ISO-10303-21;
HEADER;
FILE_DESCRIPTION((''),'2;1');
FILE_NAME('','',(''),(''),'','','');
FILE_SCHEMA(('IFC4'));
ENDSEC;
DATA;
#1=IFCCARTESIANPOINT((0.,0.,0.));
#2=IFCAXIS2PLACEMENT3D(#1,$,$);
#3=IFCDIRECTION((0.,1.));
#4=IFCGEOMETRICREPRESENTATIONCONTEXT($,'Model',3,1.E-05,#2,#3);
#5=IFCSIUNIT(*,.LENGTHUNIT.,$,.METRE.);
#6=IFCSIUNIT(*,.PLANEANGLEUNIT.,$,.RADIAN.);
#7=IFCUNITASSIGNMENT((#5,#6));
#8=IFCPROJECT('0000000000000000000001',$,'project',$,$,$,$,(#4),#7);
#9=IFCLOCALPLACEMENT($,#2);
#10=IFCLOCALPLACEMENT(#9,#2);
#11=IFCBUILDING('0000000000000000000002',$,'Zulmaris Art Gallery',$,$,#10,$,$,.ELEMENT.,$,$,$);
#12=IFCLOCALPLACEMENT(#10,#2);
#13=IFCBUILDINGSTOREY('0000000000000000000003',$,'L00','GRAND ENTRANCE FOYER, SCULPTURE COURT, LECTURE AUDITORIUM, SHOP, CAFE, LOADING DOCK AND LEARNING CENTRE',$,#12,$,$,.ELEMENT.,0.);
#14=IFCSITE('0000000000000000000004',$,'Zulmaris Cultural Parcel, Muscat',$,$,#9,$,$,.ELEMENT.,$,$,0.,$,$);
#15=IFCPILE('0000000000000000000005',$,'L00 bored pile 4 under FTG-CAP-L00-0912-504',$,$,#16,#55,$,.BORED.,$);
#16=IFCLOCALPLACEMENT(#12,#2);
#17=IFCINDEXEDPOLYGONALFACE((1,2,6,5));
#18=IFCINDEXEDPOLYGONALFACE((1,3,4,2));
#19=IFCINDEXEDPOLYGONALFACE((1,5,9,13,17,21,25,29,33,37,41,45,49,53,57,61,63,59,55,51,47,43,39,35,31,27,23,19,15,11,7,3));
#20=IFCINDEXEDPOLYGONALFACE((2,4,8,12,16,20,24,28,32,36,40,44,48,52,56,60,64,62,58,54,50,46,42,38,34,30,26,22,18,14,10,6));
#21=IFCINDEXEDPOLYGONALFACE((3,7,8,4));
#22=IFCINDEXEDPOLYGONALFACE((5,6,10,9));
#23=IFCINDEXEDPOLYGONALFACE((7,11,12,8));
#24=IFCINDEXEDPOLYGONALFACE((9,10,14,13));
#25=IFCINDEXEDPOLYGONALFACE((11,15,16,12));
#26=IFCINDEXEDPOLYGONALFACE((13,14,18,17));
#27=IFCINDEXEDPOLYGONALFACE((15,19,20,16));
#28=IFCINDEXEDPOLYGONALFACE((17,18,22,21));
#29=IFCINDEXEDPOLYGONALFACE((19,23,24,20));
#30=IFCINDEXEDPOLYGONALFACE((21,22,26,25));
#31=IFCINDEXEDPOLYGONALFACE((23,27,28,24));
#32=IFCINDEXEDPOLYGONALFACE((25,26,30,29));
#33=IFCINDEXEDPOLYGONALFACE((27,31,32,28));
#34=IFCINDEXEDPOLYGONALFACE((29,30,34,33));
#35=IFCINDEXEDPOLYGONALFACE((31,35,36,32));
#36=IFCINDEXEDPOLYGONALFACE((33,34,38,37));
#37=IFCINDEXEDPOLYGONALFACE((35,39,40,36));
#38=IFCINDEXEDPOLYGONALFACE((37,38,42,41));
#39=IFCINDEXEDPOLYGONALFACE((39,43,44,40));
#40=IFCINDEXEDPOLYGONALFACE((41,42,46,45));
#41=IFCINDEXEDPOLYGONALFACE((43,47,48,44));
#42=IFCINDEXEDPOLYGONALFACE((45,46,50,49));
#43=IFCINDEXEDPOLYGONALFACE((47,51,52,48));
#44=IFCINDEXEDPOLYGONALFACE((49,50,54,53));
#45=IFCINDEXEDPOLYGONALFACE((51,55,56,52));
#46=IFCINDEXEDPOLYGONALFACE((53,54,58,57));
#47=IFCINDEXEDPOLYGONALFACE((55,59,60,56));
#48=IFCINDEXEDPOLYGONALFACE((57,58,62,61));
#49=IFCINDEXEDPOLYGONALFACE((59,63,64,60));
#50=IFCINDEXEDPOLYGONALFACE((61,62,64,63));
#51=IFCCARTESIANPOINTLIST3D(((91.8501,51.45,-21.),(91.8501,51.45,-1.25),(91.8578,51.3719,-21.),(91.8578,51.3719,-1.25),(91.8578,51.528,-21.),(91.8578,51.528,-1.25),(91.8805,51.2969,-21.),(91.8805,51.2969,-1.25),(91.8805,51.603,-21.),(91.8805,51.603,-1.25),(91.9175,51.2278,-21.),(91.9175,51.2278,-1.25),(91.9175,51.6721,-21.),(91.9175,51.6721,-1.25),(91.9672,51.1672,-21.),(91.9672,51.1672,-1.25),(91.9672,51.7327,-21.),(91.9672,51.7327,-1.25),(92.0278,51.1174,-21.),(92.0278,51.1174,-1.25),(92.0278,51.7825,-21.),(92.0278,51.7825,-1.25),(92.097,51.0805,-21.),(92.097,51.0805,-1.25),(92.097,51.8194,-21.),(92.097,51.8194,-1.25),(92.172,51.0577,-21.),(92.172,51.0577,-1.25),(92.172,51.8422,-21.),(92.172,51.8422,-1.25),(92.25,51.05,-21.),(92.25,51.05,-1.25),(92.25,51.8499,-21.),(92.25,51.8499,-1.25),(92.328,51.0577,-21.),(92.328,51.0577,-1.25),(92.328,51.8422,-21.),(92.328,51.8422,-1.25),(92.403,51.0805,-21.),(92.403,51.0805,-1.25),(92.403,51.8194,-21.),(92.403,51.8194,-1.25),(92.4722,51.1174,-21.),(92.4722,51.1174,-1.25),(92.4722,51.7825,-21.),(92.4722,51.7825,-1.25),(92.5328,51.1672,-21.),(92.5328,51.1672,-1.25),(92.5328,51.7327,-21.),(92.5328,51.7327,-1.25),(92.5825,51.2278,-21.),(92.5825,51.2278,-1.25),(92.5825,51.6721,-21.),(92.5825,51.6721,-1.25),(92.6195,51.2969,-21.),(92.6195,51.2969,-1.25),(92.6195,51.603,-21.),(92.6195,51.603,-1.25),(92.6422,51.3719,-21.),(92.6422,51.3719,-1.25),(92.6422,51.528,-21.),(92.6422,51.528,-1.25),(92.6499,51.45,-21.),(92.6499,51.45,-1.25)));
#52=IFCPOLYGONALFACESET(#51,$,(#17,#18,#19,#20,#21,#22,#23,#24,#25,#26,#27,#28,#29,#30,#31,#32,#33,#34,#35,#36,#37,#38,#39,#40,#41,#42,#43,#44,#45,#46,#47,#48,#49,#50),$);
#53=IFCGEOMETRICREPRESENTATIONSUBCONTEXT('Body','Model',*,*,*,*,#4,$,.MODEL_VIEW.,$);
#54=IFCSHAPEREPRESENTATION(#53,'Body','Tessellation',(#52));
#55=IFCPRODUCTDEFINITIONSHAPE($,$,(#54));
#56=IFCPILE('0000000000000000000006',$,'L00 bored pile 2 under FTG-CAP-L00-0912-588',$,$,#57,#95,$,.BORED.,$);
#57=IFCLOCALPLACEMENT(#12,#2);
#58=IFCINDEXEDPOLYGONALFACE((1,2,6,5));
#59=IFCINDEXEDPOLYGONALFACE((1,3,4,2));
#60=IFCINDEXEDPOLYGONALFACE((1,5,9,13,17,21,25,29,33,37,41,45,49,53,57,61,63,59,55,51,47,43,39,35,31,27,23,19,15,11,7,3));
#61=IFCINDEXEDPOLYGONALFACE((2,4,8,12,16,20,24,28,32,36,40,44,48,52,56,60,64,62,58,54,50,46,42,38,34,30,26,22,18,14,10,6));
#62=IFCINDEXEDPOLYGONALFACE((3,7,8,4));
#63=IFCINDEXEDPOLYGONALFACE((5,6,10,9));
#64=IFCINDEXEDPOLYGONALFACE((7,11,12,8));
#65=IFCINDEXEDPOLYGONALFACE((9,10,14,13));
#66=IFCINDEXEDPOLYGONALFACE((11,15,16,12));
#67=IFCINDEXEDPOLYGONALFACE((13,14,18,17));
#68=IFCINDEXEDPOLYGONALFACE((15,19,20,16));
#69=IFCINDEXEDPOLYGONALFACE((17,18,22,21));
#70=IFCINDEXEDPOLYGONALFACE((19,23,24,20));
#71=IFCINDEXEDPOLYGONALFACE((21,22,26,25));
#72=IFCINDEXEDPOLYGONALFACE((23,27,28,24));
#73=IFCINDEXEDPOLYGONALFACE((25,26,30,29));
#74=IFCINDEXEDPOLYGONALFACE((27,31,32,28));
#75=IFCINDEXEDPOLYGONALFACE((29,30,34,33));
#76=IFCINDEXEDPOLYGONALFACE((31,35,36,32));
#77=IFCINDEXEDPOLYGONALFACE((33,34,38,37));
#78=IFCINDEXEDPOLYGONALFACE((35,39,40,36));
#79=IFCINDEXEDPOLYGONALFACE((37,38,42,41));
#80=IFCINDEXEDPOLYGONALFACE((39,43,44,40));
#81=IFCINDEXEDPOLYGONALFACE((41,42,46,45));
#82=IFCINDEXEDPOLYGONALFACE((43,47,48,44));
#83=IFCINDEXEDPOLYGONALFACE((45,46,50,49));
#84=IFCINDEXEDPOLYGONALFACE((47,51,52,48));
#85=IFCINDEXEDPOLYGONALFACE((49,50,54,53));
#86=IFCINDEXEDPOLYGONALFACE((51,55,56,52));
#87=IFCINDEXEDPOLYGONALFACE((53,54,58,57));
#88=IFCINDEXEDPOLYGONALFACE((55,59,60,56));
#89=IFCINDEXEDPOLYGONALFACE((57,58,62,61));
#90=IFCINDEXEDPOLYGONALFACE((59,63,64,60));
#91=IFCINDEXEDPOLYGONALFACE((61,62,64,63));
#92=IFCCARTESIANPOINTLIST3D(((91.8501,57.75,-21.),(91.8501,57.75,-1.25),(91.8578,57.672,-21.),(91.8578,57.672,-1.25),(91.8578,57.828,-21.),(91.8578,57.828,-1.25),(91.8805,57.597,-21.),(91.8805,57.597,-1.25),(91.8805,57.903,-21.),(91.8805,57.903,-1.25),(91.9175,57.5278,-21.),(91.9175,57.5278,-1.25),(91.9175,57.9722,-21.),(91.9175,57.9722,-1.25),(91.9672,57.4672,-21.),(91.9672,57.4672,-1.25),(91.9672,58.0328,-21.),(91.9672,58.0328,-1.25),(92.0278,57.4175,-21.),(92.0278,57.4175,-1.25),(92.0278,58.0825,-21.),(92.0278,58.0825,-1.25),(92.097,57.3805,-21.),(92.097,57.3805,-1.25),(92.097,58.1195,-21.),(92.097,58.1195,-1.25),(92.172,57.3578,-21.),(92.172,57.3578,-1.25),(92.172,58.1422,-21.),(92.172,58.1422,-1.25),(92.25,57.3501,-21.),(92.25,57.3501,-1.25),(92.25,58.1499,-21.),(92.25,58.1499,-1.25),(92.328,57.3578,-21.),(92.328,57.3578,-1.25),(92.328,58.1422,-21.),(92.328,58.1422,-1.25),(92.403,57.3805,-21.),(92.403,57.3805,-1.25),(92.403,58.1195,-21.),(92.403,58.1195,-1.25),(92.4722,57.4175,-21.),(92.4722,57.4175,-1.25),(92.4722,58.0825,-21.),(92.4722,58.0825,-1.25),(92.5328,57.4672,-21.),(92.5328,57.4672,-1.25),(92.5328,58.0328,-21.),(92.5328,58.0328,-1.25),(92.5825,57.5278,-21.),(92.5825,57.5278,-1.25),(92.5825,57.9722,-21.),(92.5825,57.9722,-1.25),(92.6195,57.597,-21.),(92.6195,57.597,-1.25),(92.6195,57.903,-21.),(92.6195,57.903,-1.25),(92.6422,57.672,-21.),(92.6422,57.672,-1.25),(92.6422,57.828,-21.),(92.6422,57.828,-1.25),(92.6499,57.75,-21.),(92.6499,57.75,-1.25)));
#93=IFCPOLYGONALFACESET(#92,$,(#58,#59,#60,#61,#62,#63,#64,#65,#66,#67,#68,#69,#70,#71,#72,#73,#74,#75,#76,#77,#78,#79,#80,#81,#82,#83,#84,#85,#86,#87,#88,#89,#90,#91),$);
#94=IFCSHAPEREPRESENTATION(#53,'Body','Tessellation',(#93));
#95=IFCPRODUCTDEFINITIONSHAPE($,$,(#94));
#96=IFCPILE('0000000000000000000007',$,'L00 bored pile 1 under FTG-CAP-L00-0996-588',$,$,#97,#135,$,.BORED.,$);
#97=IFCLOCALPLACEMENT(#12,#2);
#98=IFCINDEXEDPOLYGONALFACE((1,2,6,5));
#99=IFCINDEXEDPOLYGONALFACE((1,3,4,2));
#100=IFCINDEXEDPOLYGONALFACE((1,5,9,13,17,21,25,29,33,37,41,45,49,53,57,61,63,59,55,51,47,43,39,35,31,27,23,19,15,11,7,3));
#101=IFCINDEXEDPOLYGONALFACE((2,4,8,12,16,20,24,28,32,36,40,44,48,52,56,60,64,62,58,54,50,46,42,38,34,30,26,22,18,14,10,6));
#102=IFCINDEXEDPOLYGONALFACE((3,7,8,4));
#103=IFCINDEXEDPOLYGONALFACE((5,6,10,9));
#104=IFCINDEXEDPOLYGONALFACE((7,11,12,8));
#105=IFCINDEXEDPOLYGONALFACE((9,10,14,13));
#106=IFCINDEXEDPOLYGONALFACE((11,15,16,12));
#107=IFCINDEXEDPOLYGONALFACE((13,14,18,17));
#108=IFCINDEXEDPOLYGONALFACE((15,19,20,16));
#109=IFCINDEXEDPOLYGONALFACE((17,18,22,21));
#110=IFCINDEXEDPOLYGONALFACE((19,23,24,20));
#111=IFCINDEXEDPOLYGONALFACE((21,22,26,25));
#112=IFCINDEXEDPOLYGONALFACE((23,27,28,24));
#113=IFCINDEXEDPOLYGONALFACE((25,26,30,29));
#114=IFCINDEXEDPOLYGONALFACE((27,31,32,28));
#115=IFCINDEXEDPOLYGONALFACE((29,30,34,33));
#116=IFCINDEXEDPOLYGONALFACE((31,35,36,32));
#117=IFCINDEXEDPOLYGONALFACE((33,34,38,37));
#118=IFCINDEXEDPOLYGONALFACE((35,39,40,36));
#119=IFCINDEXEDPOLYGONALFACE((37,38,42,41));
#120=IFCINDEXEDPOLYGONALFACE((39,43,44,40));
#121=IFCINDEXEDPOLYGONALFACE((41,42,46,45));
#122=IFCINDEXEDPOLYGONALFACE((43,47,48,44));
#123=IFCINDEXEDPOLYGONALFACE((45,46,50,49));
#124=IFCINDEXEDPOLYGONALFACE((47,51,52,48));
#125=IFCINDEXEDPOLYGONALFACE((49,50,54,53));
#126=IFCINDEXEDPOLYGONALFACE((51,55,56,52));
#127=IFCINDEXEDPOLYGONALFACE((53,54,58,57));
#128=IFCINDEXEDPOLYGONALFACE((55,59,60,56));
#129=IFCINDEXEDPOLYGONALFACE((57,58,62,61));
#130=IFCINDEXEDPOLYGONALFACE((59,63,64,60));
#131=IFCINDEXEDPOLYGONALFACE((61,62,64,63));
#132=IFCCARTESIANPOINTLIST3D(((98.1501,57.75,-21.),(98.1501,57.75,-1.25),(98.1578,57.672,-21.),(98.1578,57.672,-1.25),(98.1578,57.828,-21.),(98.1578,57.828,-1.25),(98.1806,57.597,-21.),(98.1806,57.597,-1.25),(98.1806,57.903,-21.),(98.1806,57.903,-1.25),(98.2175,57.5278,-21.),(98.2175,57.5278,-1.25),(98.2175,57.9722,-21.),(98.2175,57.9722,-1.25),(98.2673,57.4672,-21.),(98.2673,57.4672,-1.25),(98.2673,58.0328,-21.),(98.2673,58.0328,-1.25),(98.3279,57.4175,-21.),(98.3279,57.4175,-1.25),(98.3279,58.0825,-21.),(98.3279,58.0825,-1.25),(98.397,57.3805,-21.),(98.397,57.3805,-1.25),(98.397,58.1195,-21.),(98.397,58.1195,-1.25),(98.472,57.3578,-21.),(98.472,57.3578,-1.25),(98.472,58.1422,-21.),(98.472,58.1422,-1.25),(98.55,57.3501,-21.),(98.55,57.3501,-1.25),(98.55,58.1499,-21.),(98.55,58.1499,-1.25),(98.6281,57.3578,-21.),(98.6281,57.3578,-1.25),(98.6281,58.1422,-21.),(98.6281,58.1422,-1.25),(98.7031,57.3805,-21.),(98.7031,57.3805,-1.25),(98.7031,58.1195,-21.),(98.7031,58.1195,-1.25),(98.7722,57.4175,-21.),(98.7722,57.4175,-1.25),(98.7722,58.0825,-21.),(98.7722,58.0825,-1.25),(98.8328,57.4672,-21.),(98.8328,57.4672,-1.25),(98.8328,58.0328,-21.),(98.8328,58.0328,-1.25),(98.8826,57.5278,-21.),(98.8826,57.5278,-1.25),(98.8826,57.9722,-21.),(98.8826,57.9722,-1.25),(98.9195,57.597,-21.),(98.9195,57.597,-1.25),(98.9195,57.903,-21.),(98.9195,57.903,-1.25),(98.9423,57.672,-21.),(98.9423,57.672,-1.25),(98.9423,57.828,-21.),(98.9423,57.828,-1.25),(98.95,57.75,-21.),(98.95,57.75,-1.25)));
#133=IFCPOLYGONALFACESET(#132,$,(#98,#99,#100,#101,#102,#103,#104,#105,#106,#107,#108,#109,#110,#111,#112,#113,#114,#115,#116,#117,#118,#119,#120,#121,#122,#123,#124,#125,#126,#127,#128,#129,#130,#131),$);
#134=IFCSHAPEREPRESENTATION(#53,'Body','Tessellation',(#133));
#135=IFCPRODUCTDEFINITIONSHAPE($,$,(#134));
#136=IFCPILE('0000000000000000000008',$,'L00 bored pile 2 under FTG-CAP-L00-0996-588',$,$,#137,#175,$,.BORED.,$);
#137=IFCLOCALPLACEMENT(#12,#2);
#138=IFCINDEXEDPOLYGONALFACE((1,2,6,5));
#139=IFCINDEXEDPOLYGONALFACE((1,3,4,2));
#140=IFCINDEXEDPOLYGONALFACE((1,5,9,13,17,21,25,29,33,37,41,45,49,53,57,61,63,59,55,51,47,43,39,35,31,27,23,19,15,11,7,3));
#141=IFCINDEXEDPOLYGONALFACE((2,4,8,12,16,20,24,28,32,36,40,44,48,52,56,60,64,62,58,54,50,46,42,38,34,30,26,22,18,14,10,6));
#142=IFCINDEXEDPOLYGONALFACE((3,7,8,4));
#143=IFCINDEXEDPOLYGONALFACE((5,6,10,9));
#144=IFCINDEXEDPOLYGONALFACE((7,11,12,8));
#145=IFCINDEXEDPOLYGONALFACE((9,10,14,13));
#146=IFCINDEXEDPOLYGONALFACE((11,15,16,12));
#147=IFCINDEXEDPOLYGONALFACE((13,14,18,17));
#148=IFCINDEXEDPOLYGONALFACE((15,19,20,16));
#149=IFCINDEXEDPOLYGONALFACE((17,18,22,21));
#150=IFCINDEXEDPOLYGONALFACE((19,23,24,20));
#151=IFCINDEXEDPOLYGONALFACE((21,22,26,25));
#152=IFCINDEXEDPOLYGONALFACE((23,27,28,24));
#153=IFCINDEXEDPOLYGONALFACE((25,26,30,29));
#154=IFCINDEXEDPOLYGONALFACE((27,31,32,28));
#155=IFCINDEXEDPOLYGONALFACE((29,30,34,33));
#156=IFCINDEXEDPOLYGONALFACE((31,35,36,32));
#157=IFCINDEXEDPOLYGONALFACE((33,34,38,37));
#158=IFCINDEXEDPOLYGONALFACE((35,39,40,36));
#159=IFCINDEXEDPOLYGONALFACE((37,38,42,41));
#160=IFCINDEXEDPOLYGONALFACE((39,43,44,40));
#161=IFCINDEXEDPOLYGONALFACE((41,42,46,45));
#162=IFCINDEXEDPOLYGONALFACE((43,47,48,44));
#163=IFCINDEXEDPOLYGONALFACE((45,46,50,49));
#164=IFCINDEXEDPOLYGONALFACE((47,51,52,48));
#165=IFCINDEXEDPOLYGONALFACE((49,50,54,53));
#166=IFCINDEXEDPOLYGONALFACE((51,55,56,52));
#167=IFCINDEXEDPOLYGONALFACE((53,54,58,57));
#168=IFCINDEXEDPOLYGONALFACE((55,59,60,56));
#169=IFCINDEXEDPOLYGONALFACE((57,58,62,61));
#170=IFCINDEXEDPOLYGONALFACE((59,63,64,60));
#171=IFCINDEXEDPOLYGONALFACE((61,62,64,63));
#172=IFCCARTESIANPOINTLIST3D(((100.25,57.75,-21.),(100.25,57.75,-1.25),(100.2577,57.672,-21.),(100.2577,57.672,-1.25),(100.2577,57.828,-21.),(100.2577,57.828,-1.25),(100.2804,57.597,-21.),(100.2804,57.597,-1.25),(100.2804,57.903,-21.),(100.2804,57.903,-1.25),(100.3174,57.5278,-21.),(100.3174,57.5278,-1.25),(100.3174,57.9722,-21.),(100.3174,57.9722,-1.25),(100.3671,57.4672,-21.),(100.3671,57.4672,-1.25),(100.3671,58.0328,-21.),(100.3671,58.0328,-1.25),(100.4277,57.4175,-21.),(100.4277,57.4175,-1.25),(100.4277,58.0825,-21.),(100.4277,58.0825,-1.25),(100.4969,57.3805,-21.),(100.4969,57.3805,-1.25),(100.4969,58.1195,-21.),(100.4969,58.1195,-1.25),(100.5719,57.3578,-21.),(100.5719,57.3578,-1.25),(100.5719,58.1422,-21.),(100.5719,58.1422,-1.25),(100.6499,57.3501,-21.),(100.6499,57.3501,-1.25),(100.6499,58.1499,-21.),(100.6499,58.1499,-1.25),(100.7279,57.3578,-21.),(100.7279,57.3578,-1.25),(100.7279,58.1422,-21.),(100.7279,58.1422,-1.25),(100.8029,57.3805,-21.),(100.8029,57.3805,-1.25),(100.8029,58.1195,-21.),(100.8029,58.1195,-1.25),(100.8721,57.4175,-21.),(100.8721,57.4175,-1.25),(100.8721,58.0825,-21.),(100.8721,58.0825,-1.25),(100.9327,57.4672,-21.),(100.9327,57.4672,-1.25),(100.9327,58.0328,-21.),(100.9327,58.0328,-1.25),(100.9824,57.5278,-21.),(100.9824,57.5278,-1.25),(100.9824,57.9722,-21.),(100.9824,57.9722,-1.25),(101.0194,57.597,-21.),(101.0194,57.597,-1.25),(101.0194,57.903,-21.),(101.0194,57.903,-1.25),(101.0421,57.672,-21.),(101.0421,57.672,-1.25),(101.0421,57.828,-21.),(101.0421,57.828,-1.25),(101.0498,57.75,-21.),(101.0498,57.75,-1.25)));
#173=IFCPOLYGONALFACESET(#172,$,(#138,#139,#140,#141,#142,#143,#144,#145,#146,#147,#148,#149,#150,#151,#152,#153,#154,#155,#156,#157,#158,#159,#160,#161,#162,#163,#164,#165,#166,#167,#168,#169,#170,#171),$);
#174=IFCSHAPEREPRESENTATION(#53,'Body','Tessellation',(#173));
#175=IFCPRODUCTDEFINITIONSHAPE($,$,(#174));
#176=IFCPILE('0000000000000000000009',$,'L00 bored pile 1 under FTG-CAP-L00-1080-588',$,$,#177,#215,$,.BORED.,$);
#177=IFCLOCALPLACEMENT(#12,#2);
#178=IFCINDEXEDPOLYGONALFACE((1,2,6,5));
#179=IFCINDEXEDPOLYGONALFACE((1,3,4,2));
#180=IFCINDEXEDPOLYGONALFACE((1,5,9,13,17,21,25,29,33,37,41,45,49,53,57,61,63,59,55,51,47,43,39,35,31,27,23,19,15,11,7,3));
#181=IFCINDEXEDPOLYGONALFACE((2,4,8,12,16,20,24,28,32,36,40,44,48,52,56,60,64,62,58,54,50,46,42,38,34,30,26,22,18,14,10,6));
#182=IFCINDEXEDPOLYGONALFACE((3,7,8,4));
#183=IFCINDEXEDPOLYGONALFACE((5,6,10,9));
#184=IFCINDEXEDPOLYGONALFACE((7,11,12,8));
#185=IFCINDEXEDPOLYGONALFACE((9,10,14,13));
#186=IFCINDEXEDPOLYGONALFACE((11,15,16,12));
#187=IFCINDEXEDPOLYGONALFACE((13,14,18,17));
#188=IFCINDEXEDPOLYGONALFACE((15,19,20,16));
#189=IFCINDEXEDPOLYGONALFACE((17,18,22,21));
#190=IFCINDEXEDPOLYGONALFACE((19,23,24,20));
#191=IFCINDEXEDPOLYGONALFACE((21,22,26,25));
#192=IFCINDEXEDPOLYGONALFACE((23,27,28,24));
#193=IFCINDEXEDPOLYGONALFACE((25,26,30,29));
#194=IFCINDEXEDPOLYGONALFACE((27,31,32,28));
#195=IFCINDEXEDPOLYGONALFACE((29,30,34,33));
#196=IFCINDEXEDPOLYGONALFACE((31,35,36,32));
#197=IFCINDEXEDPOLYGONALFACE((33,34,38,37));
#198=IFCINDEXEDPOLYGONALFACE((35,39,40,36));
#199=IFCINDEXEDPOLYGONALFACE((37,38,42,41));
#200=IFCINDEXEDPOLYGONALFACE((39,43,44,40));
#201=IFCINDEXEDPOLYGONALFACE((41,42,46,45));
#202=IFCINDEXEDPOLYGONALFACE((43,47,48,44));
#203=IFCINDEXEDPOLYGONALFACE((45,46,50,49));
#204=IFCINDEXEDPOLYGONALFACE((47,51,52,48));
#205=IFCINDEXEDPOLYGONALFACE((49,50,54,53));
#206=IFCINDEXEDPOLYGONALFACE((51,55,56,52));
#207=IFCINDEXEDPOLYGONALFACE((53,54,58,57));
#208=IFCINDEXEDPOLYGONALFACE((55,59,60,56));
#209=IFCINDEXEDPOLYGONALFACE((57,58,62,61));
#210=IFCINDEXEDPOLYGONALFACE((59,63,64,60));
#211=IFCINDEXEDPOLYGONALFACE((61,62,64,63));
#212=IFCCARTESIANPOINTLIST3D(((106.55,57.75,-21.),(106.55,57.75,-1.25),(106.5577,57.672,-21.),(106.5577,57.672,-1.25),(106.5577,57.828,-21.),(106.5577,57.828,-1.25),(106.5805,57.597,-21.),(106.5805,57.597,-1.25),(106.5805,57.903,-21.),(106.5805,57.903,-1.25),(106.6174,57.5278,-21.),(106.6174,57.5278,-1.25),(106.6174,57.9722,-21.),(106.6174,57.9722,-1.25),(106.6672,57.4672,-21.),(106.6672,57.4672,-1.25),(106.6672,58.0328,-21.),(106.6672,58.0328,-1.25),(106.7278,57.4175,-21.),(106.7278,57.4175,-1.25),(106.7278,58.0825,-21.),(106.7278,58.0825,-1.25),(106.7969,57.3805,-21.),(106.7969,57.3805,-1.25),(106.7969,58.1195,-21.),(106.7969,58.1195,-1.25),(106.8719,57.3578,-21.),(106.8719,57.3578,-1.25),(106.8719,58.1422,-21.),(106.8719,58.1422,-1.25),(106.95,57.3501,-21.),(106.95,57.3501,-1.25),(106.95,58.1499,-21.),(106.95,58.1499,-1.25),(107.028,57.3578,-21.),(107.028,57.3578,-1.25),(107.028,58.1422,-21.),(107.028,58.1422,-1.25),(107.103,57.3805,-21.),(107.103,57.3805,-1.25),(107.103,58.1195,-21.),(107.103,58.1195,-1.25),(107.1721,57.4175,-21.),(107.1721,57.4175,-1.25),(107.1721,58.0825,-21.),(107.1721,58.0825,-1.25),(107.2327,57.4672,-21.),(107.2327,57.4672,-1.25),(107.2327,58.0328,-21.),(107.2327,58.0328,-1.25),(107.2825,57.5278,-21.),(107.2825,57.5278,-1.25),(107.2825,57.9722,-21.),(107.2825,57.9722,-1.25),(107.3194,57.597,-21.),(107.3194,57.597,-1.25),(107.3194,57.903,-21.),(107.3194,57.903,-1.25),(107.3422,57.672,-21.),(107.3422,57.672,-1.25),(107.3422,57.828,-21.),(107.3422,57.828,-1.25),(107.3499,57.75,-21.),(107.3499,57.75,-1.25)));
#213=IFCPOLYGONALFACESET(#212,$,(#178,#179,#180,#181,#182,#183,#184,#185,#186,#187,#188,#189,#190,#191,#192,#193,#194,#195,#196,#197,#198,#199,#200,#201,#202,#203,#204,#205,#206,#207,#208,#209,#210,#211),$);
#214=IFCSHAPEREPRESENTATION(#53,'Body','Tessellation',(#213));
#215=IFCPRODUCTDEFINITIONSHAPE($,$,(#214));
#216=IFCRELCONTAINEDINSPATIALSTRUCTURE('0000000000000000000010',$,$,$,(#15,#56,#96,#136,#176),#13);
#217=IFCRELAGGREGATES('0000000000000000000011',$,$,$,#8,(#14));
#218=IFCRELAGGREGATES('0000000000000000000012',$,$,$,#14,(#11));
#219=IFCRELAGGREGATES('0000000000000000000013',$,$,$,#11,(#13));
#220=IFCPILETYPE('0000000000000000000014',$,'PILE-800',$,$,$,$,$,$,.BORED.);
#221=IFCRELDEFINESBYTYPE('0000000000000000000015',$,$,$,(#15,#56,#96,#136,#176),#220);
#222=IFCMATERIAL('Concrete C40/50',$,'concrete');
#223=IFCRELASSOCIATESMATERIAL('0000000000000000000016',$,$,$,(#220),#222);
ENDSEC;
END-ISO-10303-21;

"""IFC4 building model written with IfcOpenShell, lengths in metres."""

from ifc_helpers import new_model, si_unit, direction, frame, origin, origin_2d, place, context, subcontext, project, spatial, circle, extrude, material, material_profile, profile_set, type_object, element, save


model = new_model("IFC4")

# Units and contexts
model_context = context("Model", 3, precision=1e-05, world=origin(), true_north=direction((0.0, 1.0)))
body_context = subcontext(model_context, "Body", "Model", "MODEL_VIEW")
ifc_project = project(units=[si_unit("LENGTHUNIT", "METRE"), si_unit("PLANEANGLEUNIT", "RADIAN")], contexts=[model_context])

# Site, building, storey
site_placement = place(None, origin())
site = spatial("IfcSite", under=ifc_project, at=site_placement, Name="Zulmaris Cultural Parcel, Muscat", CompositionType="ELEMENT", RefElevation=0.0)
building_placement = place(site_placement, origin())
building = spatial("IfcBuilding", under=site, at=building_placement, Name="Zulmaris Art Gallery", CompositionType="ELEMENT")
storey_placement = place(building_placement, origin())
storey = spatial("IfcBuildingStorey", under=building, at=storey_placement, Name="L00", Description="GRAND ENTRANCE FOYER, SCULPTURE COURT, LECTURE AUDITORIUM, SHOP, CAFE, LOADING DOCK AND LEARNING CENTRE", CompositionType="ELEMENT", Elevation=0.0)

# Piles
ifc_material_1 = material(Name="Concrete C40/50", Category="concrete")
ifc_material_profile_1 = material_profile(ifc_material_1, circle(Radius=0.3999, at=origin_2d()), Name="PILE DIA 800")
ifc_profile_set_1 = profile_set([ifc_material_profile_1], Name="Concrete C40/50")
pile_type = type_object("IfcPileType", Name="PILE-800", PredefinedType="BORED", material=ifc_profile_set_1)
for number, where, z_axis, x_axis, name in (
    (1, (92.25, 51.45, -1.25), (0.0, 0.0, -1.0), (1.0, 0.0, 0.0), "L00 bored pile 4 under FTG-CAP-L00-0912-504"),
    (2, (92.25, 57.75, -1.25), (0.0, 0.0, -1.0), (1.0, 0.0, 0.0), "L00 bored pile 2 under FTG-CAP-L00-0912-588"),
    (3, (98.55, 57.75, -1.25), (0.0, 0.0, -1.0), (1.0, 0.0, 0.0), "L00 bored pile 1 under FTG-CAP-L00-0996-588"),
    (4, (100.6499, 57.75, -1.25), (0.0, 0.0, -1.0), (1.0, 0.0, 0.0), "L00 bored pile 2 under FTG-CAP-L00-0996-588"),
    (5, (106.95, 57.75, -1.25), (0.0, 0.0, -1.0), (1.0, 0.0, 0.0), "L00 bored pile 1 under FTG-CAP-L00-1080-588"),
):
    element("IfcPile", number, at=place(storey_placement, frame(where, z_axis=z_axis, x_axis=x_axis)), inside=storey, type_object=pile_type, Name=name, PredefinedType="BORED", context=body_context, shape_type="SweptSolid", body=[
        extrude(circle(Radius=0.3999, at=origin_2d()), origin(), (0.0, 0.0, 1.0), 19.75),
    ])

save(model, "model.ifc")
